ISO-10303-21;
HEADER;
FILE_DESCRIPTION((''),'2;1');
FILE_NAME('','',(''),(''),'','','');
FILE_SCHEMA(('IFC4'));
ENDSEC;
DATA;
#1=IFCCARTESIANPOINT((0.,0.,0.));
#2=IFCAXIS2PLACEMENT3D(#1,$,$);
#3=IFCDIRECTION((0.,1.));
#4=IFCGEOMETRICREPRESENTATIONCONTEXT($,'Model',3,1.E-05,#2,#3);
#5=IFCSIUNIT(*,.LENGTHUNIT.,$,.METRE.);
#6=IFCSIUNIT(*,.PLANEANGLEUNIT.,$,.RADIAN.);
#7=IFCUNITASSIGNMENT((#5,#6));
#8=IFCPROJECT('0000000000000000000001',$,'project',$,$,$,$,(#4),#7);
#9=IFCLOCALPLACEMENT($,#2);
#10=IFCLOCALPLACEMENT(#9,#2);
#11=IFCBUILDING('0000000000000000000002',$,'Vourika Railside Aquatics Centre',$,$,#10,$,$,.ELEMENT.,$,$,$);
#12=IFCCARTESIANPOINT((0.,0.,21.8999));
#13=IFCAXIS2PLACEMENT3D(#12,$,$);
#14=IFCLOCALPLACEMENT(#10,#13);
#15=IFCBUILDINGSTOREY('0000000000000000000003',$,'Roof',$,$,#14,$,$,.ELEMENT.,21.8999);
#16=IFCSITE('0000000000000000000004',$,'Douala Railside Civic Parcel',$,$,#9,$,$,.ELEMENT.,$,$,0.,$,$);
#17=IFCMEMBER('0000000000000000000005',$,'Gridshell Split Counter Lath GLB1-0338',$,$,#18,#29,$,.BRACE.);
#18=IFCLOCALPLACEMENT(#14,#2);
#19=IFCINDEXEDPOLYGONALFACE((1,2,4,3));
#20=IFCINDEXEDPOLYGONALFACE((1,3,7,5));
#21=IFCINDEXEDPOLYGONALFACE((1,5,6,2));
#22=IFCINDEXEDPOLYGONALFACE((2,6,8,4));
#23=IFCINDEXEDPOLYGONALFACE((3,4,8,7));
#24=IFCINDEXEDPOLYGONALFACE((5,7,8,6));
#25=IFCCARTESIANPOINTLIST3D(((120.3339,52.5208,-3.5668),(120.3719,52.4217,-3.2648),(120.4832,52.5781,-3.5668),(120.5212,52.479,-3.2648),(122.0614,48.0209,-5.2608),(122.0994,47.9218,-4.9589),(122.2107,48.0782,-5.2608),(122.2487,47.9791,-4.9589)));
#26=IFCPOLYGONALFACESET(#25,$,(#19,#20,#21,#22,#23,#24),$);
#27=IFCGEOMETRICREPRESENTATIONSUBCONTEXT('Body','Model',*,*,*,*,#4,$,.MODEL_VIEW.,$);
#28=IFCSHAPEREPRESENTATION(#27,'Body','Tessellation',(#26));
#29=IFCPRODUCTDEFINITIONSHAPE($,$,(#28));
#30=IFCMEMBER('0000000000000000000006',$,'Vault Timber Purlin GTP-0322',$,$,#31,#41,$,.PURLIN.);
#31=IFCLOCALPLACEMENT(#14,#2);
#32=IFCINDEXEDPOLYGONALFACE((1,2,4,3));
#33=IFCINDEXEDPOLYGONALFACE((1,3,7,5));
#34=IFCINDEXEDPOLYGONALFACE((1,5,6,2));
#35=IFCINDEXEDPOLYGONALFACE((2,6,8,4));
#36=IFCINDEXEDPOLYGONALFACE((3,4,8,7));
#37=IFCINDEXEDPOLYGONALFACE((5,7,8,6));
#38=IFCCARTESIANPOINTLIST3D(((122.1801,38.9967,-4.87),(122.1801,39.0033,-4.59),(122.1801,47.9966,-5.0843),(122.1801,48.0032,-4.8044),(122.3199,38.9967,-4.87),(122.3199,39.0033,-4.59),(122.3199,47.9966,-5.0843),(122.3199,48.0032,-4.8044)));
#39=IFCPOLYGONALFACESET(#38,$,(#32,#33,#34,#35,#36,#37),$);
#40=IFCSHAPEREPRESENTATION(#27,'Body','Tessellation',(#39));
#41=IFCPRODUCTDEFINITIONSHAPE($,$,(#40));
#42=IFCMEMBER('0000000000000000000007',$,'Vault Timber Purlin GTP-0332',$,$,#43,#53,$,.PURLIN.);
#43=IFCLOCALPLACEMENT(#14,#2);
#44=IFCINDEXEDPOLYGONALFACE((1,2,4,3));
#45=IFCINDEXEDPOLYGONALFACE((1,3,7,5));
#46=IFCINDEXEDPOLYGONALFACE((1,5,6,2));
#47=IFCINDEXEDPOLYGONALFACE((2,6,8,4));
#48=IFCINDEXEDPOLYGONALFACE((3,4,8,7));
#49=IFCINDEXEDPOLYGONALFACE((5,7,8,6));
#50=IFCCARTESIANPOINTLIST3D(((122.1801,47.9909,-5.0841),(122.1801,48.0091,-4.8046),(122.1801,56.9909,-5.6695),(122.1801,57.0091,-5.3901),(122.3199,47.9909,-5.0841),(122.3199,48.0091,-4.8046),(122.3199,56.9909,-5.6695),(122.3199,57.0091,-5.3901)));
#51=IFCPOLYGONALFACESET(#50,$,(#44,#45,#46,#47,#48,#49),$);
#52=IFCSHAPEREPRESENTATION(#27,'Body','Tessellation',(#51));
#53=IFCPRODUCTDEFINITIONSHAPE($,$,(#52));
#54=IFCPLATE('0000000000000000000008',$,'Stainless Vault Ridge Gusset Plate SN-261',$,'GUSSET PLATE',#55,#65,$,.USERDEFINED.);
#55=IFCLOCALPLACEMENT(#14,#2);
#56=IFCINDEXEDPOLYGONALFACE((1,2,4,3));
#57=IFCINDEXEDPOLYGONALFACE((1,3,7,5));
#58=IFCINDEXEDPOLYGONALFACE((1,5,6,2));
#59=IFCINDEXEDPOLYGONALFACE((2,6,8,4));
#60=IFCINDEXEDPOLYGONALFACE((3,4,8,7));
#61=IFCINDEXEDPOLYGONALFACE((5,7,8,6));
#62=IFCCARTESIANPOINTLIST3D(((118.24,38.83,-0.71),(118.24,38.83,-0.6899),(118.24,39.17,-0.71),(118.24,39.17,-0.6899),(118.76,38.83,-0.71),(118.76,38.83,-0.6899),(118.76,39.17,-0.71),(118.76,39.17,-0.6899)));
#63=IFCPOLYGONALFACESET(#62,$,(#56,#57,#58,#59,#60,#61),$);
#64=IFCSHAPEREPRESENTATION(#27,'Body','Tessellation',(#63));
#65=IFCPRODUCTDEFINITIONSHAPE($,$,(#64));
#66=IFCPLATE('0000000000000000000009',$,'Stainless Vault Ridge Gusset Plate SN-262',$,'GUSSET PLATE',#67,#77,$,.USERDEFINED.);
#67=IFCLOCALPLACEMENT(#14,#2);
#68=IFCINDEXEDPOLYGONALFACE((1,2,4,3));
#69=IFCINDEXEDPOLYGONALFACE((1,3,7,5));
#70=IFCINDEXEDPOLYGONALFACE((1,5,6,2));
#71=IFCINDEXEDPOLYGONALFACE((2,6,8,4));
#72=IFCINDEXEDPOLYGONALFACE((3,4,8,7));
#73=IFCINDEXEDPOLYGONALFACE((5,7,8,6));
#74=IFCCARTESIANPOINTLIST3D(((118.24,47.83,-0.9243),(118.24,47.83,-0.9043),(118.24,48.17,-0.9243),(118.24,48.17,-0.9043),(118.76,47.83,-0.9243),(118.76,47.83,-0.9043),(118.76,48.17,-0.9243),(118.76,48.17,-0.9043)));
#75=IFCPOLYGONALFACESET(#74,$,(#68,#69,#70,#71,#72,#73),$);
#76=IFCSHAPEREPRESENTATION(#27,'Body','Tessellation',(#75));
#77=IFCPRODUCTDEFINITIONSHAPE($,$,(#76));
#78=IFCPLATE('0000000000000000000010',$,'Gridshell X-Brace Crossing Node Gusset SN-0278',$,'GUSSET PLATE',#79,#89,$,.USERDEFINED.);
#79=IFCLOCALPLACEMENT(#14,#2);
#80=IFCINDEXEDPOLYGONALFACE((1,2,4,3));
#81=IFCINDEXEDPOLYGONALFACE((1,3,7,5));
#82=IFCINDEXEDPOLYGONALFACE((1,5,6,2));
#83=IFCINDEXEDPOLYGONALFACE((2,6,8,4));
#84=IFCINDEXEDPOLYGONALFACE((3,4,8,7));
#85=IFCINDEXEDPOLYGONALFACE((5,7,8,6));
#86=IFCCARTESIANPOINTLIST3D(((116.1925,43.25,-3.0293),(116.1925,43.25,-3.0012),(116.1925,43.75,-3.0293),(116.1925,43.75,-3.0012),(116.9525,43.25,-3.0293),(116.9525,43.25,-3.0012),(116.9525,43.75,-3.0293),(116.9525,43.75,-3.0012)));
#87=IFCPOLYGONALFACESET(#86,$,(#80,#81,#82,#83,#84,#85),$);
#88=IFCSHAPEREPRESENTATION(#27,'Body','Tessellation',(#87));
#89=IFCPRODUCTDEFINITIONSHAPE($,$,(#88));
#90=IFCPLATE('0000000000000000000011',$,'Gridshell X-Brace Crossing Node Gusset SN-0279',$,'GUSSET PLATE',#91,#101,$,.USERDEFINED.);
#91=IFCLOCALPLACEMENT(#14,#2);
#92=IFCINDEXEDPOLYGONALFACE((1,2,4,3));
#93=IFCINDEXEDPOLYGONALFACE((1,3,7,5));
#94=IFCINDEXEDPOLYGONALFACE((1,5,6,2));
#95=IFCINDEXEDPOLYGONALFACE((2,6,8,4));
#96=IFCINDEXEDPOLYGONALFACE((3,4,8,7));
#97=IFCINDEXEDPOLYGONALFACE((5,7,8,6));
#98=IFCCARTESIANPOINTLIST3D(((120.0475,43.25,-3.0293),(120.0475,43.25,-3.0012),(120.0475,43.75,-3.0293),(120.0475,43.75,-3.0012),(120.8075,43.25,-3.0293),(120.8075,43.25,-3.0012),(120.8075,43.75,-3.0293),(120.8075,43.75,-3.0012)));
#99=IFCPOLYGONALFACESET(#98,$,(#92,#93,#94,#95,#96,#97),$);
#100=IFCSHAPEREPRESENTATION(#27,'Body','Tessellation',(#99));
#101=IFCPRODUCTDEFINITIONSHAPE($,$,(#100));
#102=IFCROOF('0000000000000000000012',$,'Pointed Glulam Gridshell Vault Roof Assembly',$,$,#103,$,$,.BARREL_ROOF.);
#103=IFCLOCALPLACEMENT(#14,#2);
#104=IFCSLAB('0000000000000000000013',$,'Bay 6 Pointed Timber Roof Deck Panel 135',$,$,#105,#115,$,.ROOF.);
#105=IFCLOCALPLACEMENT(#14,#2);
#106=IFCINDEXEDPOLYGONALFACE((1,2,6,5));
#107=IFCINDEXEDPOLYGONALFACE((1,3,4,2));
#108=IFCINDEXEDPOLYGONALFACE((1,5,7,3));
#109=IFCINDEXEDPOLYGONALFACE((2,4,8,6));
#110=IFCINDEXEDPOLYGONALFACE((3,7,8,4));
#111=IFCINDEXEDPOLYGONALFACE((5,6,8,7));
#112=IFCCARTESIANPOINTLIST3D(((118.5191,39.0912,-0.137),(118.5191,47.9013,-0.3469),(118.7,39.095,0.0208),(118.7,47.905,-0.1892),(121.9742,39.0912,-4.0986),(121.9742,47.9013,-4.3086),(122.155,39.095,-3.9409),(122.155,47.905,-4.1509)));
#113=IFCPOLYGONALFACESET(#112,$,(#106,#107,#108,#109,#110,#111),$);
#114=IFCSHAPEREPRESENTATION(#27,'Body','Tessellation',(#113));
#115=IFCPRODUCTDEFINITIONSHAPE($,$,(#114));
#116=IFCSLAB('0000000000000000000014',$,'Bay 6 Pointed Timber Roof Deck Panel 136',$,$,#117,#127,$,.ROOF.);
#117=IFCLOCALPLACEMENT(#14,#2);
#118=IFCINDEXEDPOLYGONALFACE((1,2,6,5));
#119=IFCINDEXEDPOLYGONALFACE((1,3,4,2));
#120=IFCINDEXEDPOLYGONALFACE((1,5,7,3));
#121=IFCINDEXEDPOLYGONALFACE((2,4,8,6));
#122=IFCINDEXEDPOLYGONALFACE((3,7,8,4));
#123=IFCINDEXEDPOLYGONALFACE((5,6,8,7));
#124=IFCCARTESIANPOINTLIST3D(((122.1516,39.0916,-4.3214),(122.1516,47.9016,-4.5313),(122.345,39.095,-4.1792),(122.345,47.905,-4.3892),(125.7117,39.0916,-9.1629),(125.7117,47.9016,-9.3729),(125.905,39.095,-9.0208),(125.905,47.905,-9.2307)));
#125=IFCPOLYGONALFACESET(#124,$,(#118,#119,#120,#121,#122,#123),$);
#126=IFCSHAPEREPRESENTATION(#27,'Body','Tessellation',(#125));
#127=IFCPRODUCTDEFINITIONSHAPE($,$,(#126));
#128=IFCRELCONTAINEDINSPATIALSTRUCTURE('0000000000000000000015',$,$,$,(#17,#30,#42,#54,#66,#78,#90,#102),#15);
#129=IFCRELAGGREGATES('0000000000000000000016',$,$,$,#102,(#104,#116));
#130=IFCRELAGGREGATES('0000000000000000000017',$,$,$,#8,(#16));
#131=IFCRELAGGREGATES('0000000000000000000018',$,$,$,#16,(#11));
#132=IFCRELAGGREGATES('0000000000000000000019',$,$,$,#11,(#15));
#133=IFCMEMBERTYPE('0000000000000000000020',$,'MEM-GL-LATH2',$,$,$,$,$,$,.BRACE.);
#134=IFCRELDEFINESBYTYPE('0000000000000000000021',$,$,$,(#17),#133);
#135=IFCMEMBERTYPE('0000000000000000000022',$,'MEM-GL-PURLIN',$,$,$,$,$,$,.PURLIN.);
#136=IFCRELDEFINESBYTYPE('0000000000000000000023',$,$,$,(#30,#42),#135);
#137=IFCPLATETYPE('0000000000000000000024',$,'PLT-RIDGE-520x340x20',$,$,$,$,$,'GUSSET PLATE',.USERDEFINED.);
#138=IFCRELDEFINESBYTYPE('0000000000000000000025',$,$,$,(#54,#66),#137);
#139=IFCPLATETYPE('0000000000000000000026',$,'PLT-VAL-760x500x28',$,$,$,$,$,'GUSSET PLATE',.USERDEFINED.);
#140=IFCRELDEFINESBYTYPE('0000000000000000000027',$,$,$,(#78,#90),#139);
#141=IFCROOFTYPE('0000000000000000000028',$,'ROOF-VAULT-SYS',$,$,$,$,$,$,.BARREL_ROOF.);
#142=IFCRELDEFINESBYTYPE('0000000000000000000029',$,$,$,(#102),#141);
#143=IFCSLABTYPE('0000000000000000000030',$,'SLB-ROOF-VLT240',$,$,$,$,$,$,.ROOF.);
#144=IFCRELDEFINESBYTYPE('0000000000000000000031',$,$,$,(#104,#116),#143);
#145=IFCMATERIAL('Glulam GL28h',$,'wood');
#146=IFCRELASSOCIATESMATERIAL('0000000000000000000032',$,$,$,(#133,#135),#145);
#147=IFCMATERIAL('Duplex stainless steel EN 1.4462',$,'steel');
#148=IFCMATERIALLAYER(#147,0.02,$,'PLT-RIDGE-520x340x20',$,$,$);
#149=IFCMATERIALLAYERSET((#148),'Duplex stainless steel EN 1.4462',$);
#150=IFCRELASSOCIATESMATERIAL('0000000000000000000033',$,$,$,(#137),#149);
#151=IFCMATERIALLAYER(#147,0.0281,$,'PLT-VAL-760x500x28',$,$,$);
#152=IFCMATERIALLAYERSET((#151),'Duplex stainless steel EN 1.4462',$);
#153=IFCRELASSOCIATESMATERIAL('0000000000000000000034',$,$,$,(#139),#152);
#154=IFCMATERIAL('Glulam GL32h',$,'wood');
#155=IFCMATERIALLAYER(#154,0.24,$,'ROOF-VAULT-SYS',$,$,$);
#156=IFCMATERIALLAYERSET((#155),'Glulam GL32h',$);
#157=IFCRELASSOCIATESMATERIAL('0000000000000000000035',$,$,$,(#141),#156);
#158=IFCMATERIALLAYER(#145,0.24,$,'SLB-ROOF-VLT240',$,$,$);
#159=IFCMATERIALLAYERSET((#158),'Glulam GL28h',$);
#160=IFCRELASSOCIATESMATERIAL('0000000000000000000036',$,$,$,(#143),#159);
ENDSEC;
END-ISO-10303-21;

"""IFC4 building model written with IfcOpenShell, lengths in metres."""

from ifc_helpers import new_model, si_unit, direction, frame, origin, origin_2d, place, context, subcontext, project, spatial, polyline, rectangle, outline, extrude, material, layer, layer_set, material_profile, profile_set, type_object, element, aggregate, save


model = new_model("IFC4")

# Units and contexts
model_context = context("Model", 3, precision=1e-05, world=origin(), true_north=direction((0.0, 1.0)))
body_context = subcontext(model_context, "Body", "Model", "MODEL_VIEW")
ifc_project = project(units=[si_unit("LENGTHUNIT", "METRE"), si_unit("PLANEANGLEUNIT", "RADIAN")], contexts=[model_context])

# Site, building, storey
site_placement = place(None, origin())
site = spatial("IfcSite", under=ifc_project, at=site_placement, Name="Douala Railside Civic Parcel", CompositionType="ELEMENT", RefElevation=0.0)
building_placement = place(site_placement, origin())
building = spatial("IfcBuilding", under=site, at=building_placement, Name="Vourika Railside Aquatics Centre", CompositionType="ELEMENT")
storey_placement = place(building_placement, frame((0.0, 0.0, 21.8999)))
storey = spatial("IfcBuildingStorey", under=building, at=storey_placement, Name="Roof", CompositionType="ELEMENT", Elevation=21.8999)

# Shared definitions
ifc_material_1 = material(Name="Glulam GL32h", Category="wood")

# Members
ifc_material_2 = material(Name="Glulam GL28h", Category="wood")
ifc_material_profile_1 = material_profile(ifc_material_2, rectangle(XDim=0.1599, YDim=0.3201, at=origin_2d()), Name="GL28h 160x320")
ifc_profile_set_1 = profile_set([ifc_material_profile_1], Name="Glulam GL28h")
member_type_1 = type_object("IfcMemberType", Name="MEM-GL-LATH2", PredefinedType="BRACE", material=ifc_profile_set_1)
member_1_placement = place(storey_placement, frame((122.155, 48.0, -5.1099), z_axis=(-0.338121, 0.880757, 0.331574), x_axis=(-0.93357, -0.358395, 0.0)))
element("IfcMember", 1, at=member_1_placement, inside=storey, type_object=member_type_1, Name="Gridshell Split Counter Lath GLB1-0338", PredefinedType="BRACE", context=body_context, shape_type="SweptSolid", body=[
    extrude(rectangle(XDim=0.1599, YDim=0.3201, at=origin_2d()), origin(), (0.0, 0.0, 1.0), 5.1091),
])
ifc_material_profile_2 = material_profile(ifc_material_2, rectangle(XDim=0.1399, YDim=0.28, at=origin_2d()), Name="GL28h 140x280")
ifc_profile_set_2 = profile_set([ifc_material_profile_2], Name="Glulam GL28h")
member_type_2 = type_object("IfcMemberType", Name="MEM-GL-PURLIN", PredefinedType="PURLIN", material=ifc_profile_set_2)
member_2_placement = place(storey_placement, frame((122.25, 39.0, -4.73), z_axis=(0.0, 0.999716, -0.023811), x_axis=(-1.0, 0.0, 0.0)))
element("IfcMember", 2, at=member_2_placement, inside=storey, type_object=member_type_2, Name="Vault Timber Purlin GTP-0322", PredefinedType="PURLIN", context=body_context, shape_type="SweptSolid", body=[
    extrude(rectangle(XDim=0.1399, YDim=0.28, at=origin_2d()), origin(), (0.0, 0.0, 1.0), 9.0024),
])
member_3_placement = place(storey_placement, frame((122.25, 48.0, -4.9443), z_axis=(0.0, 0.997891, -0.064913), x_axis=(-1.0, 0.0, 0.0)))
element("IfcMember", 3, at=member_3_placement, inside=storey, type_object=member_type_2, Name="Vault Timber Purlin GTP-0332", PredefinedType="PURLIN", context=body_context, shape_type="SweptSolid", body=[
    extrude(rectangle(XDim=0.1399, YDim=0.28, at=origin_2d()), origin(), (0.0, 0.0, 1.0), 9.019),
])

# Plates
ifc_material_3 = material(Name="Duplex stainless steel EN 1.4462", Category="steel")
ifc_layer_1 = layer(ifc_material_3, 0.02, Name="PLT-RIDGE-520x340x20")
ifc_layer_set_1 = layer_set([ifc_layer_1], Name="Duplex stainless steel EN 1.4462")
plate_type_1 = type_object("IfcPlateType", Name="PLT-RIDGE-520x340x20", ElementType="GUSSET PLATE", PredefinedType="USERDEFINED", material=ifc_layer_set_1)
for number, where, z_axis, x_axis, name in (
    (4, (118.5, 39.0, -0.71), (0.0, 0.0, 1.0), (1.0, 0.0, 0.0), "Stainless Vault Ridge Gusset Plate SN-261"),
    (5, (118.5, 48.0, -0.9243), (0.0, 0.0, 1.0), (1.0, 0.0, 0.0), "Stainless Vault Ridge Gusset Plate SN-262"),
):
    element("IfcPlate", number, at=place(storey_placement, frame(where, z_axis=z_axis, x_axis=x_axis)), inside=storey, type_object=plate_type_1, Name=name, ObjectType="GUSSET PLATE", PredefinedType="USERDEFINED", context=body_context, shape_type="SweptSolid", body=[
        extrude(rectangle(XDim=0.52, YDim=0.3401, at=origin_2d()), origin(), (0.0, 0.0, 1.0), 0.02),
    ])
ifc_layer_2 = layer(ifc_material_3, 0.0281, Name="PLT-VAL-760x500x28")
ifc_layer_set_2 = layer_set([ifc_layer_2], Name="Duplex stainless steel EN 1.4462")
plate_type_2 = type_object("IfcPlateType", Name="PLT-VAL-760x500x28", ElementType="GUSSET PLATE", PredefinedType="USERDEFINED", material=ifc_layer_set_2)
for number, where, z_axis, x_axis, name in (
    (6, (116.5725, 43.5, -3.0293), (0.0, 0.0, 1.0), (1.0, 0.0, 0.0), "Gridshell X-Brace Crossing Node Gusset SN-0278"),
    (7, (120.4275, 43.5, -3.0293), (0.0, 0.0, 1.0), (1.0, 0.0, 0.0), "Gridshell X-Brace Crossing Node Gusset SN-0279"),
):
    element("IfcPlate", number, at=place(storey_placement, frame(where, z_axis=z_axis, x_axis=x_axis)), inside=storey, type_object=plate_type_2, Name=name, ObjectType="GUSSET PLATE", PredefinedType="USERDEFINED", context=body_context, shape_type="SweptSolid", body=[
        extrude(rectangle(XDim=0.76, YDim=0.5, at=origin_2d()), origin(), (0.0, 0.0, 1.0), 0.0281),
    ])

# Roof, slabs
ifc_layer_3 = layer(ifc_material_1, 0.24, Name="ROOF-VAULT-SYS")
ifc_layer_set_3 = layer_set([ifc_layer_3], Name="Glulam GL32h")
roof_type = type_object("IfcRoofType", Name="ROOF-VAULT-SYS", PredefinedType="BARREL_ROOF", material=ifc_layer_set_3)
roof_placement = place(storey_placement, origin())
roof = element("IfcRoof", 8, at=roof_placement, inside=storey, type_object=roof_type, Name="Pointed Glulam Gridshell Vault Roof Assembly", PredefinedType="BARREL_ROOF")
ifc_layer_4 = layer(ifc_material_2, 0.24, Name="SLB-ROOF-VLT240")
ifc_layer_set_4 = layer_set([ifc_layer_4], Name="Glulam GL28h")
slab_type = type_object("IfcSlabType", Name="SLB-ROOF-VLT240", PredefinedType="ROOF", material=ifc_layer_set_4)
slab_1_placement = place(storey_placement, frame((118.7, 39.095, 0.0208), z_axis=(0.753556, 0.015662, 0.657197), x_axis=(0.657277, 0.0, -0.753649)))
slab_1 = element("IfcSlab", 9, at=slab_1_placement, type_object=slab_type, Name="Bay 6 Pointed Timber Roof Deck Panel 135", PredefinedType="ROOF", context=body_context, shape_type="SweptSolid", body=[
    extrude(outline(polyline([(0.0, 0.0), (5.2567, 0.0), (5.4149, 8.8111), (0.1582, 8.8111), (0.0, 0.0)])), origin(), (0.0, 0.0, -1.0), 0.24),
])
slab_2_placement = place(storey_placement, frame((122.345, 39.095, -4.1792), z_axis=(0.805563, 0.014117, 0.592342), x_axis=(0.592401, 0.0, -0.805644)))
slab_2 = element("IfcSlab", 10, at=slab_2_placement, type_object=slab_type, Name="Bay 6 Pointed Timber Roof Deck Panel 136", PredefinedType="ROOF", context=body_context, shape_type="SweptSolid", body=[
    extrude(outline(polyline([(0.0, 0.0), (6.0095, 0.0), (6.1787, 8.8109), (0.1692, 8.8109), (0.0, 0.0)])), origin(), (0.0, 0.0, -1.0), 0.24),
])
aggregate(roof, [slab_1, slab_2])

save(model, "model.ifc")
